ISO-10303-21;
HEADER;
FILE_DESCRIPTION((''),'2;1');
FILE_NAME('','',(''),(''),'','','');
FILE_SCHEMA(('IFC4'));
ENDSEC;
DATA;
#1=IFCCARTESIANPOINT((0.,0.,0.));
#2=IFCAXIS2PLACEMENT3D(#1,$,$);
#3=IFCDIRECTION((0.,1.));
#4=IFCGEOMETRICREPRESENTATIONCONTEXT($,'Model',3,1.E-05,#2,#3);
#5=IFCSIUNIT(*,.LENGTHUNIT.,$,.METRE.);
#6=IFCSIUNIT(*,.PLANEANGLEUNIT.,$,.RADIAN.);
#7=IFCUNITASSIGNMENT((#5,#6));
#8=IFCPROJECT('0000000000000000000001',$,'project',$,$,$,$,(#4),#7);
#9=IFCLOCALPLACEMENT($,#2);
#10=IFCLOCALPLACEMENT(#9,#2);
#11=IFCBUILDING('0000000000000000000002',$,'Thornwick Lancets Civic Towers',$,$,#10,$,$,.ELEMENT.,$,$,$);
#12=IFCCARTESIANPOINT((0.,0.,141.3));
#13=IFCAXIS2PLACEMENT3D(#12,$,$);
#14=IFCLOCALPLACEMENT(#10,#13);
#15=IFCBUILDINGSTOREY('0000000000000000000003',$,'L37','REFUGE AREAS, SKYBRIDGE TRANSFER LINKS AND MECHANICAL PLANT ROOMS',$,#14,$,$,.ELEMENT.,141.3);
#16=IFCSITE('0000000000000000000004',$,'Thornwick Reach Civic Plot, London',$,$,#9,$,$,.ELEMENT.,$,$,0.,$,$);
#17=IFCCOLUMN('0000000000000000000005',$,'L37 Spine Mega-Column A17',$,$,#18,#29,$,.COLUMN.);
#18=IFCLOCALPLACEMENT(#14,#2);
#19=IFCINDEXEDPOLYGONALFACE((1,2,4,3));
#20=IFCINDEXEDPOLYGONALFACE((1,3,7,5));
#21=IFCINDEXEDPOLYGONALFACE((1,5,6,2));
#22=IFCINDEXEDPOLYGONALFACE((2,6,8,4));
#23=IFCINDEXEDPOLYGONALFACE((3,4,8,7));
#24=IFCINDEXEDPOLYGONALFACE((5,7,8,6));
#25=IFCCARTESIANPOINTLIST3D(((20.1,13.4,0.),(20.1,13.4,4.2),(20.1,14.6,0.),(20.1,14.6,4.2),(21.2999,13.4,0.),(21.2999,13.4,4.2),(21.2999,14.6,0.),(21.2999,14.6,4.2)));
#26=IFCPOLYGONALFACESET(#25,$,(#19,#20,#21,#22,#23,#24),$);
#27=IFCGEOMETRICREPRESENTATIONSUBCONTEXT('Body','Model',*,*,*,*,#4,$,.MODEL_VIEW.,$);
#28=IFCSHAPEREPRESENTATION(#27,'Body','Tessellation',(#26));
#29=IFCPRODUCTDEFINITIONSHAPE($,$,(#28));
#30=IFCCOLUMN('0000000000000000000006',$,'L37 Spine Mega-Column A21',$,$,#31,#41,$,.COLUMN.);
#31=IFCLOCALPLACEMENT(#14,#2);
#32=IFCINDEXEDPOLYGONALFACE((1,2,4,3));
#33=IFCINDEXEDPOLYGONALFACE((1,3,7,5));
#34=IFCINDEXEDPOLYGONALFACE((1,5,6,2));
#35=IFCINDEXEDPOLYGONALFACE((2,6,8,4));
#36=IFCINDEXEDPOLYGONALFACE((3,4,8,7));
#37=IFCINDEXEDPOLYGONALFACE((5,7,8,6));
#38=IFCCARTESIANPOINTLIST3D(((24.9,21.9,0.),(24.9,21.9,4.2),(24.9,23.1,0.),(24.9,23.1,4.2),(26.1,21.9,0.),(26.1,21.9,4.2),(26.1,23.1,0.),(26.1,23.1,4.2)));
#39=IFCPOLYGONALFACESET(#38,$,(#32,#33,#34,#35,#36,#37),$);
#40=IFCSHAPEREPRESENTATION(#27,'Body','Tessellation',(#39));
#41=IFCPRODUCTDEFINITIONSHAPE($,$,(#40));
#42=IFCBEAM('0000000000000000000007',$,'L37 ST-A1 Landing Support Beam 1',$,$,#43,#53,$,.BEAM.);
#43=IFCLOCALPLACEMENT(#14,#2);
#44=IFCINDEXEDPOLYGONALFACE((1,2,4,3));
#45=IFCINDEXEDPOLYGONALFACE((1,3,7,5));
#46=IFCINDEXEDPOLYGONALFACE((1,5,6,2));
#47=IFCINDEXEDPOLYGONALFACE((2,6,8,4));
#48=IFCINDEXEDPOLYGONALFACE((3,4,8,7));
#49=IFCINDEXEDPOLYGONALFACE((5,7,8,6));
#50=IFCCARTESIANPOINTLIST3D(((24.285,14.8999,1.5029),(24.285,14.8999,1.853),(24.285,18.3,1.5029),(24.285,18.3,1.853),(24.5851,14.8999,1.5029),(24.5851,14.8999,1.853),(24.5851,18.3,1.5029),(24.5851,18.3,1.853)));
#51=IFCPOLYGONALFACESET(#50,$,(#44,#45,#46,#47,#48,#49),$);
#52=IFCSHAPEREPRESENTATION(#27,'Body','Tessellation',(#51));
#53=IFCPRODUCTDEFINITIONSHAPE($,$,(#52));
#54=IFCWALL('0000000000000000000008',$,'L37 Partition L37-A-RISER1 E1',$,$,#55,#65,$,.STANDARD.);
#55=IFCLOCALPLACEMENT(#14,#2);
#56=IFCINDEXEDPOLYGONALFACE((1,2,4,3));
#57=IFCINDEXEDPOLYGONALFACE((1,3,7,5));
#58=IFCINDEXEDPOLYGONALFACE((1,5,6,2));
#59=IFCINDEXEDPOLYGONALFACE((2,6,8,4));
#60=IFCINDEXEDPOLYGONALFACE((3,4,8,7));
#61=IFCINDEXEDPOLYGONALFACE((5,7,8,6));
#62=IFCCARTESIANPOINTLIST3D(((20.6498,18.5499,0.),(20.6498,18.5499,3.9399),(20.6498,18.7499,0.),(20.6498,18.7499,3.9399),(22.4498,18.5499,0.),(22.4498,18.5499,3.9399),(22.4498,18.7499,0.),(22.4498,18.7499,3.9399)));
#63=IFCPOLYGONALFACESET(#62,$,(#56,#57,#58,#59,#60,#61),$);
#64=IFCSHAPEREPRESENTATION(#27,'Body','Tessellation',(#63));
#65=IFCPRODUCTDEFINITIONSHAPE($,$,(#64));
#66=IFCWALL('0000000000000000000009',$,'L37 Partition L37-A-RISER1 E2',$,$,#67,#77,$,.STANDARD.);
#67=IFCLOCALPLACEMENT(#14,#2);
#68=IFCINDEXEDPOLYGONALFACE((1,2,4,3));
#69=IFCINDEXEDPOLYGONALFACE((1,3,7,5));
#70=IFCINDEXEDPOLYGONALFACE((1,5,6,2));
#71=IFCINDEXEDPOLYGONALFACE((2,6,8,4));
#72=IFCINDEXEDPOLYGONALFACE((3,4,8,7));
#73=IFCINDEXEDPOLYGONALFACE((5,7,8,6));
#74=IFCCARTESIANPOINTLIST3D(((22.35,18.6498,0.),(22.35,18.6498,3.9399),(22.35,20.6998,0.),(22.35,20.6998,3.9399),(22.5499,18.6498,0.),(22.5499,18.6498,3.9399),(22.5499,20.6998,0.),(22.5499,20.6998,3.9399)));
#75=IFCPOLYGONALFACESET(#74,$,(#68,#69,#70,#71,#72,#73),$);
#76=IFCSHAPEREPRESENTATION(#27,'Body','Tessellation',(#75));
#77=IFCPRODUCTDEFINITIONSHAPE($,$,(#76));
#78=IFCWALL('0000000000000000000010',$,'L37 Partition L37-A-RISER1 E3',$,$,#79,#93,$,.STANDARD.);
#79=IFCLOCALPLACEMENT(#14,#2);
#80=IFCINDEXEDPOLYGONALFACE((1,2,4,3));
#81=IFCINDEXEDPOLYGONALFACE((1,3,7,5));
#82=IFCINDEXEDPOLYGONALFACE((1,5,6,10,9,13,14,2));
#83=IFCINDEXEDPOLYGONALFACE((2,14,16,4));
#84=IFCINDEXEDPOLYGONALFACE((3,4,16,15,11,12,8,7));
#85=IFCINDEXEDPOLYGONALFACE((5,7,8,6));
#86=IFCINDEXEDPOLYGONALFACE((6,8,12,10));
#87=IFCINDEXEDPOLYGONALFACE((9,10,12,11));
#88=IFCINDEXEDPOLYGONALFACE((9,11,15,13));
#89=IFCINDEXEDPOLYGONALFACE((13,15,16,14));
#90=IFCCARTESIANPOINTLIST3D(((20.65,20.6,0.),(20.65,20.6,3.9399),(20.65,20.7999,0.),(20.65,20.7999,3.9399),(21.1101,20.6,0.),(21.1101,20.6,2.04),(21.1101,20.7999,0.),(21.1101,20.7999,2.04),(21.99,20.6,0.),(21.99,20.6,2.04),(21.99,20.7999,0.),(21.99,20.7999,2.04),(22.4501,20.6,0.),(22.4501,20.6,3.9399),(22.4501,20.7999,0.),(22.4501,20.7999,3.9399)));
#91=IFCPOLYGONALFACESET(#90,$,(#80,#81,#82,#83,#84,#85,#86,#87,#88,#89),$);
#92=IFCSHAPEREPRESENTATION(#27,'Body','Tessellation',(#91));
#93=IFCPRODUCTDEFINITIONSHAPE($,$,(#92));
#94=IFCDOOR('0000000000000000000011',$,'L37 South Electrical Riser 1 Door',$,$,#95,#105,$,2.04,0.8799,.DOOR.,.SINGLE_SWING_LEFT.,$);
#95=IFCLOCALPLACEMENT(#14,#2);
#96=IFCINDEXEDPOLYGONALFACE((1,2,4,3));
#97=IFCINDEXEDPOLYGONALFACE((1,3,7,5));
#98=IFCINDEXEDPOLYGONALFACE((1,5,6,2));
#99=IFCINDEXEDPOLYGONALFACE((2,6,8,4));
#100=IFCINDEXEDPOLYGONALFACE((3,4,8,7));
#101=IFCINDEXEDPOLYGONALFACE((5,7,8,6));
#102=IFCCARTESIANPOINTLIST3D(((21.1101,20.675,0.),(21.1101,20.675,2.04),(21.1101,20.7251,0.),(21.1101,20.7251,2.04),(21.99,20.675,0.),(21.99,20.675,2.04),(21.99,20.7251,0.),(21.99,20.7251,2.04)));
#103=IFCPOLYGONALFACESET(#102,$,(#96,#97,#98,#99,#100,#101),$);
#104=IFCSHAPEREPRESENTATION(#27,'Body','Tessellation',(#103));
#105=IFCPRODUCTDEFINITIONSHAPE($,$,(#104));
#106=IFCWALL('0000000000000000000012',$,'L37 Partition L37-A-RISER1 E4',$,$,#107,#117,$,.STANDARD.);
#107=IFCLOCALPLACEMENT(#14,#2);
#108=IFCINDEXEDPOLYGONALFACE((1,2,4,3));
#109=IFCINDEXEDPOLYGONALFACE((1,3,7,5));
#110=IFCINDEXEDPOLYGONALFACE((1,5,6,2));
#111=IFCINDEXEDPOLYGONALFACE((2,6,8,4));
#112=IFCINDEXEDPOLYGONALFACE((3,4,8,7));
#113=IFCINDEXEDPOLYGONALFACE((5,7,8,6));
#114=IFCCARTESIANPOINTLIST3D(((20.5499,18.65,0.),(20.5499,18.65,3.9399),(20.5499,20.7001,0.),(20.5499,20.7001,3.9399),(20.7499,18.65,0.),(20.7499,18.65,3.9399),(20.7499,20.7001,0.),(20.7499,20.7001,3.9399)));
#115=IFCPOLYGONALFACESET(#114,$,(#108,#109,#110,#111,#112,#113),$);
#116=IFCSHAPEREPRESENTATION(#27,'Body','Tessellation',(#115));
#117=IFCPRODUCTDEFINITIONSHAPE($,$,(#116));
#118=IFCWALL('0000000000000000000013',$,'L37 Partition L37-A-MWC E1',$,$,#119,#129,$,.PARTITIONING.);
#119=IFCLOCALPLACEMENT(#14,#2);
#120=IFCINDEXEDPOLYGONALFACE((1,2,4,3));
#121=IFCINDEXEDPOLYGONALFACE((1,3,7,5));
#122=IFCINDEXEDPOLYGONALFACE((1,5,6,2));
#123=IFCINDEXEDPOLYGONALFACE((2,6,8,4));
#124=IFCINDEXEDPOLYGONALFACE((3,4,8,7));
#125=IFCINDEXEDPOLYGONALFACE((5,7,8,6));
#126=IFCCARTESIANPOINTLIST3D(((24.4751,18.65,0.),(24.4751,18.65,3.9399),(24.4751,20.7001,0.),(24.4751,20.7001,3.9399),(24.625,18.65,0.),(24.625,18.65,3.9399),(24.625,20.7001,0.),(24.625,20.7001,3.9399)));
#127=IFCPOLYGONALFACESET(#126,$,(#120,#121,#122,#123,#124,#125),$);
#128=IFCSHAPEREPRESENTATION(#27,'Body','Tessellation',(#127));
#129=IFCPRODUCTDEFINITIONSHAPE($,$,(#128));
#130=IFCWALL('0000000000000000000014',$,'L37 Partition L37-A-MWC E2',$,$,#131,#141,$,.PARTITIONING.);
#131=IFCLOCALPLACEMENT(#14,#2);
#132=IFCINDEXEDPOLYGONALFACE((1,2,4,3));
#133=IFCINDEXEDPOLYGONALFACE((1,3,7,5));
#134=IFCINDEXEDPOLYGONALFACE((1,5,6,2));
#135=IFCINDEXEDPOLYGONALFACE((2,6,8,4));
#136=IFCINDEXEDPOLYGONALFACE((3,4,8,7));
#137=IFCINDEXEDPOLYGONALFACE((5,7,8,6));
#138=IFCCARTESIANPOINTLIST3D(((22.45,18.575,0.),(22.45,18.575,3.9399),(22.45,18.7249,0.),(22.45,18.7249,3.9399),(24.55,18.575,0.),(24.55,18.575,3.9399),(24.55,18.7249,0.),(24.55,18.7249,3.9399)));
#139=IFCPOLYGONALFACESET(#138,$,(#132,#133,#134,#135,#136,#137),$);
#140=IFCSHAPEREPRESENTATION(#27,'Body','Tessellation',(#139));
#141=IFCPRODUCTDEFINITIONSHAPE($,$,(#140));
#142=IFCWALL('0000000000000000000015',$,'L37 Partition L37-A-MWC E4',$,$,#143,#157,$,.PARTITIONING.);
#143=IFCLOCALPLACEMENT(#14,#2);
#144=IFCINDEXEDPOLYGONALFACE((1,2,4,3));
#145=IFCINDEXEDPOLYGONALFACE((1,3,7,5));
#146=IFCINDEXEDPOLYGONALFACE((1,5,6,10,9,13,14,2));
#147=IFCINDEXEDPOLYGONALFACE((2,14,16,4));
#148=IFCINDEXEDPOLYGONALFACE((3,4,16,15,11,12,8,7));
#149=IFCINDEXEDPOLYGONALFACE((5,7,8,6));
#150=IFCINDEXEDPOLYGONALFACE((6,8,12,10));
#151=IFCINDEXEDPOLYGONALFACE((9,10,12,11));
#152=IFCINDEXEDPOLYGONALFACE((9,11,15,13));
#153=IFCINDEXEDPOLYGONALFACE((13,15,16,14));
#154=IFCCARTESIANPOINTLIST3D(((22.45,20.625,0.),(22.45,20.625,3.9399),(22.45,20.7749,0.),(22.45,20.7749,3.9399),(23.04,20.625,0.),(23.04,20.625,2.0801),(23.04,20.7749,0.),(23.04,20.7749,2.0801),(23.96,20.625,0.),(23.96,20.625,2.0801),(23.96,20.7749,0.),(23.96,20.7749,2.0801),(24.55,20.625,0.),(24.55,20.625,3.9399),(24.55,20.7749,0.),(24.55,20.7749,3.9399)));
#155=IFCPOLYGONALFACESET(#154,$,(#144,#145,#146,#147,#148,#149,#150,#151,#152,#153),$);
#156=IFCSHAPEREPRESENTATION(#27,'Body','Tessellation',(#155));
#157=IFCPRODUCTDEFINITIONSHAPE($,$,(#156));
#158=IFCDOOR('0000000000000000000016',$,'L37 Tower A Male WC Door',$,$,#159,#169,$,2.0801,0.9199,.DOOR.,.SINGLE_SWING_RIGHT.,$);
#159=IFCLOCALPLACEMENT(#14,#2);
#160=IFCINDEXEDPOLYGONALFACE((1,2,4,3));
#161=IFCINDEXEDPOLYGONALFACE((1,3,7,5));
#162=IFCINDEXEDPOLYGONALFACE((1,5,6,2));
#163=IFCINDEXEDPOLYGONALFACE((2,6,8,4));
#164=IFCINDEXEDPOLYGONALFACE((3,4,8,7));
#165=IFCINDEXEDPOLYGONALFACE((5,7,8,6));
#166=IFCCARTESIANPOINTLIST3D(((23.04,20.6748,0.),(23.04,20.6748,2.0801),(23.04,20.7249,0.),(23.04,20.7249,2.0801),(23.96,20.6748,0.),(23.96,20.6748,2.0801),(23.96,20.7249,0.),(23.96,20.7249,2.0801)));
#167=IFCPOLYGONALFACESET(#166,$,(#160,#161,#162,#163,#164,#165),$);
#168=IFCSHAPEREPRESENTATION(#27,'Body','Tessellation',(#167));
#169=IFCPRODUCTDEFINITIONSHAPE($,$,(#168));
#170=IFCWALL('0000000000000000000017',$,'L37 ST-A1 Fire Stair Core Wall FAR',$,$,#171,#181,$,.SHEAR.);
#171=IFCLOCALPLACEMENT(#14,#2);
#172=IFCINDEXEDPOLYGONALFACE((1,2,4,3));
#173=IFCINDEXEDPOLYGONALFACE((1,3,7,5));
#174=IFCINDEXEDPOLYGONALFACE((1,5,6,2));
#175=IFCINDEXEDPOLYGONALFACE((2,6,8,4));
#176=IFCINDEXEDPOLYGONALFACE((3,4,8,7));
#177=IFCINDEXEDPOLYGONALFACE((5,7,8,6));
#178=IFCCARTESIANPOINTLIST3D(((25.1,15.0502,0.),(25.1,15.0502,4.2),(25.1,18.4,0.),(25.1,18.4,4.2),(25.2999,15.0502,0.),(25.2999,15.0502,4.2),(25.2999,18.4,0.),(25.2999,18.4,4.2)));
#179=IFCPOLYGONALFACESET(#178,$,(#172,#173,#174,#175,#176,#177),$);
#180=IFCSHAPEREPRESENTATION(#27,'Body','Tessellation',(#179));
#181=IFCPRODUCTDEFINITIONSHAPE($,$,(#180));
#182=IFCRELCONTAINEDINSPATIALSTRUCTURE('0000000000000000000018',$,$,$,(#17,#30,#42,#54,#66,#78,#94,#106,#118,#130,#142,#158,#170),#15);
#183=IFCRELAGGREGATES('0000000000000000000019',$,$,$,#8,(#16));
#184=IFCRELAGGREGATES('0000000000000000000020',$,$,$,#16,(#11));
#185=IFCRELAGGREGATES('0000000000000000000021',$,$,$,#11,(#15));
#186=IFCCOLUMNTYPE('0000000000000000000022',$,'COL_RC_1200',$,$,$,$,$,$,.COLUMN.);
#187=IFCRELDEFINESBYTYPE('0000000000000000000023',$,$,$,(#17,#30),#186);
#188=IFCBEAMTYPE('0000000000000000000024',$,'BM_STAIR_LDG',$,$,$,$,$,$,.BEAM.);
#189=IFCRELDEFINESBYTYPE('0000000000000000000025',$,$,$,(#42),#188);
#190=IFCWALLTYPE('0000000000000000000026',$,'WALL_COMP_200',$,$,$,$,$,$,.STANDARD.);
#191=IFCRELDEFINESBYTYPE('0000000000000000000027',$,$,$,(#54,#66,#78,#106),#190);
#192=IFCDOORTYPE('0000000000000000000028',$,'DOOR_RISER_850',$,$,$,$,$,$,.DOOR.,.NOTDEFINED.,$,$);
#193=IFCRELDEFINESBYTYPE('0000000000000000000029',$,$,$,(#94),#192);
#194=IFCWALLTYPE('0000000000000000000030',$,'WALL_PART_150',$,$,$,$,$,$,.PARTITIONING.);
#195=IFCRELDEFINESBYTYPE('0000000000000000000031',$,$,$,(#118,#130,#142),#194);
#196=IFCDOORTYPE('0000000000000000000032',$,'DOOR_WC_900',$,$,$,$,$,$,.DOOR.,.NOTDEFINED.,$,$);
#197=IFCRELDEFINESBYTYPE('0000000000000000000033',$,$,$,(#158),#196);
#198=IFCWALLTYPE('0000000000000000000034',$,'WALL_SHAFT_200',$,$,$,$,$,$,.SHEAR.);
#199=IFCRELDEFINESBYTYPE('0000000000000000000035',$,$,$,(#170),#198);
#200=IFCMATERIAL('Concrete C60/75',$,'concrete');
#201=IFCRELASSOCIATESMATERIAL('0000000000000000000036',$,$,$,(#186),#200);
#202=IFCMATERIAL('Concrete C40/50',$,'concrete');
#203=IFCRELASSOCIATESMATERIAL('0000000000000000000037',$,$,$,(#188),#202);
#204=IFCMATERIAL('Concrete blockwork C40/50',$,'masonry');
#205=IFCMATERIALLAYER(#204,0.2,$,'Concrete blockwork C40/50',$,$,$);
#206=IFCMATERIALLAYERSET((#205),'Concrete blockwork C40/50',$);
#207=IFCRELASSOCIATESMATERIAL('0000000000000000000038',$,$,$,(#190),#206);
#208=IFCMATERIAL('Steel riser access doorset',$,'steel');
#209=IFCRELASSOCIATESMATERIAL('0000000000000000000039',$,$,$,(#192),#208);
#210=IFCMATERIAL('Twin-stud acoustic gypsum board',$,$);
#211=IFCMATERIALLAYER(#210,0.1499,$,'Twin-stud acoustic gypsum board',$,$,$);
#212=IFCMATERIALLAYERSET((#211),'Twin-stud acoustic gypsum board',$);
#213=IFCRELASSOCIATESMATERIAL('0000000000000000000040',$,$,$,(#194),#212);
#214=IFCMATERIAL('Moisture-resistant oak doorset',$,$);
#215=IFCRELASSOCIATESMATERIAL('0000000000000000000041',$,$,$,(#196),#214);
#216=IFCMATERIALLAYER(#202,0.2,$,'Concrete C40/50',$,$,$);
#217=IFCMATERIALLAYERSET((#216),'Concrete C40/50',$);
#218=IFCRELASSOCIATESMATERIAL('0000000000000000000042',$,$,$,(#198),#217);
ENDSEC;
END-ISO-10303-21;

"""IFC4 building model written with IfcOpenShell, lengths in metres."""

from ifc_helpers import new_model, si_unit, direction, frame, frame_2d, origin, origin_2d, place, context, subcontext, project, spatial, rectangle, extrude, material, layer, layer_set, material_profile, profile_set, type_object, element, fill, save


model = new_model("IFC4")

# Units and contexts
model_context = context("Model", 3, precision=1e-05, world=origin(), true_north=direction((0.0, 1.0)))
body_context = subcontext(model_context, "Body", "Model", "MODEL_VIEW")
ifc_project = project(units=[si_unit("LENGTHUNIT", "METRE"), si_unit("PLANEANGLEUNIT", "RADIAN")], contexts=[model_context])

# Site, building, storey
site_placement = place(None, origin())
site = spatial("IfcSite", under=ifc_project, at=site_placement, Name="Thornwick Reach Civic Plot, London", CompositionType="ELEMENT", RefElevation=0.0)
building_placement = place(site_placement, origin())
building = spatial("IfcBuilding", under=site, at=building_placement, Name="Thornwick Lancets Civic Towers", CompositionType="ELEMENT")
storey_placement = place(building_placement, frame((0.0, 0.0, 141.3)))
storey = spatial("IfcBuildingStorey", under=building, at=storey_placement, Name="L37", Description="REFUGE AREAS, SKYBRIDGE TRANSFER LINKS AND MECHANICAL PLANT ROOMS", CompositionType="ELEMENT", Elevation=141.3)

# Columns
ifc_material_1 = material(Name="Concrete C60/75", Category="concrete")
ifc_material_profile_1 = material_profile(ifc_material_1, rectangle(XDim=1.2, YDim=1.2, at=origin_2d()), Name="RC 1200x1200")
ifc_profile_set_1 = profile_set([ifc_material_profile_1], Name="Concrete C60/75")
column_type = type_object("IfcColumnType", Name="COL_RC_1200", PredefinedType="COLUMN", material=ifc_profile_set_1)
for number, where, z_axis, x_axis, name in (
    (1, (20.7, 14.0, 0.0), (0.0, 0.0, 1.0), (1.0, 0.0, 0.0), "L37 Spine Mega-Column A17"),
    (2, (25.5, 22.5, 0.0), (0.0, 0.0, 1.0), (1.0, 0.0, 0.0), "L37 Spine Mega-Column A21"),
):
    element("IfcColumn", number, at=place(storey_placement, frame(where, z_axis=z_axis, x_axis=x_axis)), inside=storey, type_object=column_type, Name=name, PredefinedType="COLUMN", context=body_context, shape_type="SweptSolid", body=[
        extrude(rectangle(XDim=1.2, YDim=1.2, at=origin_2d()), origin(), (0.0, 0.0, 1.0), 4.2),
    ])

# Beam
ifc_material_2 = material(Name="Concrete C40/50", Category="concrete")
ifc_material_profile_2 = material_profile(ifc_material_2, rectangle(XDim=0.3, YDim=0.3501, at=origin_2d()), Name="RC 300x350")
ifc_profile_set_2 = profile_set([ifc_material_profile_2], Name="Concrete C40/50")
beam_type = type_object("IfcBeamType", Name="BM_STAIR_LDG", PredefinedType="BEAM", material=ifc_profile_set_2)
beam_placement = place(storey_placement, frame((24.4351, 14.8999, 1.678), z_axis=(0.0, 1.0, 0.0), x_axis=(-1.0, 0.0, 0.0)))
element("IfcBeam", 3, at=beam_placement, inside=storey, type_object=beam_type, Name="L37 ST-A1 Landing Support Beam 1", PredefinedType="BEAM", context=body_context, shape_type="SweptSolid", body=[
    extrude(rectangle(XDim=0.3, YDim=0.3501, at=origin_2d()), origin(), (0.0, 0.0, 1.0), 3.4001),
])

# Walls
ifc_material_3 = material(Name="Concrete blockwork C40/50", Category="masonry")
ifc_layer_1 = layer(ifc_material_3, 0.2, Name="Concrete blockwork C40/50")
ifc_layer_set_1 = layer_set([ifc_layer_1], Name="Concrete blockwork C40/50")
wall_type_1 = type_object("IfcWallType", Name="WALL_COMP_200", PredefinedType="STANDARD", material=ifc_layer_set_1)
wall_1_placement = place(storey_placement, frame((20.6499, 18.6499, 0.0), z_axis=(0.0, 0.0, 1.0), x_axis=(1.0, 0.0, 0.0)))
element("IfcWall", 4, at=wall_1_placement, inside=storey, type_object=wall_type_1, Name="L37 Partition L37-A-RISER1 E1", PredefinedType="STANDARD", context=body_context, shape_type="SweptSolid", body=[
    extrude(rectangle(XDim=1.8, YDim=0.2, at=frame_2d((0.8999, 0.0))), origin(), (0.0, 0.0, 1.0), 3.9399),
])
wall_2_placement = place(storey_placement, frame((22.45, 18.6499, 0.0), z_axis=(0.0, 0.0, 1.0), x_axis=(0.0, 1.0, 0.0)))
element("IfcWall", 5, at=wall_2_placement, inside=storey, type_object=wall_type_1, Name="L37 Partition L37-A-RISER1 E2", PredefinedType="STANDARD", context=body_context, shape_type="SweptSolid", body=[
    extrude(rectangle(XDim=2.05, YDim=0.2, at=frame_2d((1.0249, 0.0))), origin(), (0.0, 0.0, 1.0), 3.9399),
])

# Wall, opening, door
wall_3_placement = place(storey_placement, frame((22.45, 20.7, 0.0), z_axis=(0.0, 0.0, 1.0), x_axis=(-1.0, 0.0, 0.0)))
wall_3 = element("IfcWall", 6, at=wall_3_placement, inside=storey, type_object=wall_type_1, Name="L37 Partition L37-A-RISER1 E3", PredefinedType="STANDARD", context=body_context, shape_type="SweptSolid", body=[
    extrude(rectangle(XDim=1.8, YDim=0.2, at=frame_2d((0.8999, 0.0))), origin(), (0.0, 0.0, 1.0), 3.9399),
])
opening_1_placement = place(wall_3_placement, frame((0.46, 0.0, 0.0)))
opening_1 = element("IfcOpeningElement", 7, at=opening_1_placement, cuts=wall_3, PredefinedType="OPENING", context=body_context, shape_type="SweptSolid", body=[
    extrude(rectangle(XDim=0.8799, YDim=2.04, at=frame_2d((0.4399, 1.02))), frame((0.0, 0.1099, 0.0), z_axis=(0.0, -1.0, 0.0), x_axis=(1.0, 0.0, 0.0)), (0.0, 0.0, 1.0), 0.22),
])
ifc_material_4 = material(Name="Steel riser access doorset", Category="steel")
door_type_1 = type_object("IfcDoorType", Name="DOOR_RISER_850", OperationType="NOTDEFINED", PredefinedType="DOOR", material=ifc_material_4)
door_1_placement = place(opening_1_placement, origin())
door_1 = element("IfcDoor", 8, at=door_1_placement, inside=storey, type_object=door_type_1, Name="L37 South Electrical Riser 1 Door", OperationType="SINGLE_SWING_LEFT", OverallHeight=2.04, OverallWidth=0.8799, PredefinedType="DOOR", context=body_context, shape_type="SweptSolid", body=[
    extrude(rectangle(XDim=0.8799, YDim=2.04, at=frame_2d((0.4399, 1.02))), frame((0.0, 0.0249, 0.0), z_axis=(0.0, -1.0, 0.0), x_axis=(1.0, 0.0, 0.0)), (0.0, 0.0, 1.0), 0.05),
])
fill(opening_1, door_1)

# Walls
wall_4_placement = place(storey_placement, frame((20.6499, 20.7, 0.0), z_axis=(0.0, 0.0, 1.0), x_axis=(0.0, -1.0, 0.0)))
element("IfcWall", 9, at=wall_4_placement, inside=storey, type_object=wall_type_1, Name="L37 Partition L37-A-RISER1 E4", PredefinedType="STANDARD", context=body_context, shape_type="SweptSolid", body=[
    extrude(rectangle(XDim=2.05, YDim=0.2, at=frame_2d((1.0249, 0.0))), origin(), (0.0, 0.0, 1.0), 3.9399),
])
ifc_material_5 = material(Name="Twin-stud acoustic gypsum board")
ifc_layer_2 = layer(ifc_material_5, 0.1499, Name="Twin-stud acoustic gypsum board")
ifc_layer_set_2 = layer_set([ifc_layer_2], Name="Twin-stud acoustic gypsum board")
wall_type_2 = type_object("IfcWallType", Name="WALL_PART_150", PredefinedType="PARTITIONING", material=ifc_layer_set_2)
wall_5_placement = place(storey_placement, frame((24.55, 20.7, 0.0), z_axis=(0.0, 0.0, 1.0), x_axis=(0.0, -1.0, 0.0)))
element("IfcWall", 10, at=wall_5_placement, inside=storey, type_object=wall_type_2, Name="L37 Partition L37-A-MWC E1", PredefinedType="PARTITIONING", context=body_context, shape_type="SweptSolid", body=[
    extrude(rectangle(XDim=2.05, YDim=0.1499, at=frame_2d((1.0249, 0.0))), origin(), (0.0, 0.0, 1.0), 3.9399),
])
wall_6_placement = place(storey_placement, frame((24.55, 18.6499, 0.0), z_axis=(0.0, 0.0, 1.0), x_axis=(-1.0, 0.0, 0.0)))
element("IfcWall", 11, at=wall_6_placement, inside=storey, type_object=wall_type_2, Name="L37 Partition L37-A-MWC E2", PredefinedType="PARTITIONING", context=body_context, shape_type="SweptSolid", body=[
    extrude(rectangle(XDim=2.1001, YDim=0.1499, at=frame_2d((1.05, 0.0))), origin(), (0.0, 0.0, 1.0), 3.9399),
])

# Wall, opening, door
wall_7_placement = place(storey_placement, frame((22.45, 20.7, 0.0), z_axis=(0.0, 0.0, 1.0), x_axis=(1.0, 0.0, 0.0)))
wall_7 = element("IfcWall", 12, at=wall_7_placement, inside=storey, type_object=wall_type_2, Name="L37 Partition L37-A-MWC E4", PredefinedType="PARTITIONING", context=body_context, shape_type="SweptSolid", body=[
    extrude(rectangle(XDim=2.1001, YDim=0.1499, at=frame_2d((1.05, 0.0))), origin(), (0.0, 0.0, 1.0), 3.9399),
])
opening_2_placement = place(wall_7_placement, frame((0.5901, 0.0, 0.0)))
opening_2 = element("IfcOpeningElement", 13, at=opening_2_placement, cuts=wall_7, PredefinedType="OPENING", context=body_context, shape_type="SweptSolid", body=[
    extrude(rectangle(XDim=0.9199, YDim=2.0801, at=frame_2d((0.46, 1.04))), frame((0.0, 0.085, 0.0), z_axis=(0.0, -1.0, 0.0), x_axis=(1.0, 0.0, 0.0)), (0.0, 0.0, 1.0), 0.1699),
])
ifc_material_6 = material(Name="Moisture-resistant oak doorset")
door_type_2 = type_object("IfcDoorType", Name="DOOR_WC_900", OperationType="NOTDEFINED", PredefinedType="DOOR", material=ifc_material_6)
door_2_placement = place(opening_2_placement, origin())
door_2 = element("IfcDoor", 14, at=door_2_placement, inside=storey, type_object=door_type_2, Name="L37 Tower A Male WC Door", OperationType="SINGLE_SWING_RIGHT", OverallHeight=2.0801, OverallWidth=0.9199, PredefinedType="DOOR", context=body_context, shape_type="SweptSolid", body=[
    extrude(rectangle(XDim=0.9199, YDim=2.0801, at=frame_2d((0.46, 1.04))), frame((0.0, 0.0249, 0.0), z_axis=(0.0, -1.0, 0.0), x_axis=(1.0, 0.0, 0.0)), (0.0, 0.0, 1.0), 0.05),
])
fill(opening_2, door_2)

# Wall
ifc_layer_3 = layer(ifc_material_2, 0.2, Name="Concrete C40/50")
ifc_layer_set_3 = layer_set([ifc_layer_3], Name="Concrete C40/50")
wall_type_3 = type_object("IfcWallType", Name="WALL_SHAFT_200", PredefinedType="SHEAR", material=ifc_layer_set_3)
wall_8_placement = place(storey_placement, frame((25.2, 18.3999, 0.0), z_axis=(0.0, 0.0, 1.0), x_axis=(0.0, -1.0, 0.0)))
element("IfcWall", 15, at=wall_8_placement, inside=storey, type_object=wall_type_3, Name="L37 ST-A1 Fire Stair Core Wall FAR", PredefinedType="SHEAR", context=body_context, shape_type="SweptSolid", body=[
    extrude(rectangle(XDim=3.3499, YDim=0.2, at=frame_2d((1.6748, 0.0))), origin(), (0.0, 0.0, 1.0), 4.2),
])

save(model, "model.ifc")
